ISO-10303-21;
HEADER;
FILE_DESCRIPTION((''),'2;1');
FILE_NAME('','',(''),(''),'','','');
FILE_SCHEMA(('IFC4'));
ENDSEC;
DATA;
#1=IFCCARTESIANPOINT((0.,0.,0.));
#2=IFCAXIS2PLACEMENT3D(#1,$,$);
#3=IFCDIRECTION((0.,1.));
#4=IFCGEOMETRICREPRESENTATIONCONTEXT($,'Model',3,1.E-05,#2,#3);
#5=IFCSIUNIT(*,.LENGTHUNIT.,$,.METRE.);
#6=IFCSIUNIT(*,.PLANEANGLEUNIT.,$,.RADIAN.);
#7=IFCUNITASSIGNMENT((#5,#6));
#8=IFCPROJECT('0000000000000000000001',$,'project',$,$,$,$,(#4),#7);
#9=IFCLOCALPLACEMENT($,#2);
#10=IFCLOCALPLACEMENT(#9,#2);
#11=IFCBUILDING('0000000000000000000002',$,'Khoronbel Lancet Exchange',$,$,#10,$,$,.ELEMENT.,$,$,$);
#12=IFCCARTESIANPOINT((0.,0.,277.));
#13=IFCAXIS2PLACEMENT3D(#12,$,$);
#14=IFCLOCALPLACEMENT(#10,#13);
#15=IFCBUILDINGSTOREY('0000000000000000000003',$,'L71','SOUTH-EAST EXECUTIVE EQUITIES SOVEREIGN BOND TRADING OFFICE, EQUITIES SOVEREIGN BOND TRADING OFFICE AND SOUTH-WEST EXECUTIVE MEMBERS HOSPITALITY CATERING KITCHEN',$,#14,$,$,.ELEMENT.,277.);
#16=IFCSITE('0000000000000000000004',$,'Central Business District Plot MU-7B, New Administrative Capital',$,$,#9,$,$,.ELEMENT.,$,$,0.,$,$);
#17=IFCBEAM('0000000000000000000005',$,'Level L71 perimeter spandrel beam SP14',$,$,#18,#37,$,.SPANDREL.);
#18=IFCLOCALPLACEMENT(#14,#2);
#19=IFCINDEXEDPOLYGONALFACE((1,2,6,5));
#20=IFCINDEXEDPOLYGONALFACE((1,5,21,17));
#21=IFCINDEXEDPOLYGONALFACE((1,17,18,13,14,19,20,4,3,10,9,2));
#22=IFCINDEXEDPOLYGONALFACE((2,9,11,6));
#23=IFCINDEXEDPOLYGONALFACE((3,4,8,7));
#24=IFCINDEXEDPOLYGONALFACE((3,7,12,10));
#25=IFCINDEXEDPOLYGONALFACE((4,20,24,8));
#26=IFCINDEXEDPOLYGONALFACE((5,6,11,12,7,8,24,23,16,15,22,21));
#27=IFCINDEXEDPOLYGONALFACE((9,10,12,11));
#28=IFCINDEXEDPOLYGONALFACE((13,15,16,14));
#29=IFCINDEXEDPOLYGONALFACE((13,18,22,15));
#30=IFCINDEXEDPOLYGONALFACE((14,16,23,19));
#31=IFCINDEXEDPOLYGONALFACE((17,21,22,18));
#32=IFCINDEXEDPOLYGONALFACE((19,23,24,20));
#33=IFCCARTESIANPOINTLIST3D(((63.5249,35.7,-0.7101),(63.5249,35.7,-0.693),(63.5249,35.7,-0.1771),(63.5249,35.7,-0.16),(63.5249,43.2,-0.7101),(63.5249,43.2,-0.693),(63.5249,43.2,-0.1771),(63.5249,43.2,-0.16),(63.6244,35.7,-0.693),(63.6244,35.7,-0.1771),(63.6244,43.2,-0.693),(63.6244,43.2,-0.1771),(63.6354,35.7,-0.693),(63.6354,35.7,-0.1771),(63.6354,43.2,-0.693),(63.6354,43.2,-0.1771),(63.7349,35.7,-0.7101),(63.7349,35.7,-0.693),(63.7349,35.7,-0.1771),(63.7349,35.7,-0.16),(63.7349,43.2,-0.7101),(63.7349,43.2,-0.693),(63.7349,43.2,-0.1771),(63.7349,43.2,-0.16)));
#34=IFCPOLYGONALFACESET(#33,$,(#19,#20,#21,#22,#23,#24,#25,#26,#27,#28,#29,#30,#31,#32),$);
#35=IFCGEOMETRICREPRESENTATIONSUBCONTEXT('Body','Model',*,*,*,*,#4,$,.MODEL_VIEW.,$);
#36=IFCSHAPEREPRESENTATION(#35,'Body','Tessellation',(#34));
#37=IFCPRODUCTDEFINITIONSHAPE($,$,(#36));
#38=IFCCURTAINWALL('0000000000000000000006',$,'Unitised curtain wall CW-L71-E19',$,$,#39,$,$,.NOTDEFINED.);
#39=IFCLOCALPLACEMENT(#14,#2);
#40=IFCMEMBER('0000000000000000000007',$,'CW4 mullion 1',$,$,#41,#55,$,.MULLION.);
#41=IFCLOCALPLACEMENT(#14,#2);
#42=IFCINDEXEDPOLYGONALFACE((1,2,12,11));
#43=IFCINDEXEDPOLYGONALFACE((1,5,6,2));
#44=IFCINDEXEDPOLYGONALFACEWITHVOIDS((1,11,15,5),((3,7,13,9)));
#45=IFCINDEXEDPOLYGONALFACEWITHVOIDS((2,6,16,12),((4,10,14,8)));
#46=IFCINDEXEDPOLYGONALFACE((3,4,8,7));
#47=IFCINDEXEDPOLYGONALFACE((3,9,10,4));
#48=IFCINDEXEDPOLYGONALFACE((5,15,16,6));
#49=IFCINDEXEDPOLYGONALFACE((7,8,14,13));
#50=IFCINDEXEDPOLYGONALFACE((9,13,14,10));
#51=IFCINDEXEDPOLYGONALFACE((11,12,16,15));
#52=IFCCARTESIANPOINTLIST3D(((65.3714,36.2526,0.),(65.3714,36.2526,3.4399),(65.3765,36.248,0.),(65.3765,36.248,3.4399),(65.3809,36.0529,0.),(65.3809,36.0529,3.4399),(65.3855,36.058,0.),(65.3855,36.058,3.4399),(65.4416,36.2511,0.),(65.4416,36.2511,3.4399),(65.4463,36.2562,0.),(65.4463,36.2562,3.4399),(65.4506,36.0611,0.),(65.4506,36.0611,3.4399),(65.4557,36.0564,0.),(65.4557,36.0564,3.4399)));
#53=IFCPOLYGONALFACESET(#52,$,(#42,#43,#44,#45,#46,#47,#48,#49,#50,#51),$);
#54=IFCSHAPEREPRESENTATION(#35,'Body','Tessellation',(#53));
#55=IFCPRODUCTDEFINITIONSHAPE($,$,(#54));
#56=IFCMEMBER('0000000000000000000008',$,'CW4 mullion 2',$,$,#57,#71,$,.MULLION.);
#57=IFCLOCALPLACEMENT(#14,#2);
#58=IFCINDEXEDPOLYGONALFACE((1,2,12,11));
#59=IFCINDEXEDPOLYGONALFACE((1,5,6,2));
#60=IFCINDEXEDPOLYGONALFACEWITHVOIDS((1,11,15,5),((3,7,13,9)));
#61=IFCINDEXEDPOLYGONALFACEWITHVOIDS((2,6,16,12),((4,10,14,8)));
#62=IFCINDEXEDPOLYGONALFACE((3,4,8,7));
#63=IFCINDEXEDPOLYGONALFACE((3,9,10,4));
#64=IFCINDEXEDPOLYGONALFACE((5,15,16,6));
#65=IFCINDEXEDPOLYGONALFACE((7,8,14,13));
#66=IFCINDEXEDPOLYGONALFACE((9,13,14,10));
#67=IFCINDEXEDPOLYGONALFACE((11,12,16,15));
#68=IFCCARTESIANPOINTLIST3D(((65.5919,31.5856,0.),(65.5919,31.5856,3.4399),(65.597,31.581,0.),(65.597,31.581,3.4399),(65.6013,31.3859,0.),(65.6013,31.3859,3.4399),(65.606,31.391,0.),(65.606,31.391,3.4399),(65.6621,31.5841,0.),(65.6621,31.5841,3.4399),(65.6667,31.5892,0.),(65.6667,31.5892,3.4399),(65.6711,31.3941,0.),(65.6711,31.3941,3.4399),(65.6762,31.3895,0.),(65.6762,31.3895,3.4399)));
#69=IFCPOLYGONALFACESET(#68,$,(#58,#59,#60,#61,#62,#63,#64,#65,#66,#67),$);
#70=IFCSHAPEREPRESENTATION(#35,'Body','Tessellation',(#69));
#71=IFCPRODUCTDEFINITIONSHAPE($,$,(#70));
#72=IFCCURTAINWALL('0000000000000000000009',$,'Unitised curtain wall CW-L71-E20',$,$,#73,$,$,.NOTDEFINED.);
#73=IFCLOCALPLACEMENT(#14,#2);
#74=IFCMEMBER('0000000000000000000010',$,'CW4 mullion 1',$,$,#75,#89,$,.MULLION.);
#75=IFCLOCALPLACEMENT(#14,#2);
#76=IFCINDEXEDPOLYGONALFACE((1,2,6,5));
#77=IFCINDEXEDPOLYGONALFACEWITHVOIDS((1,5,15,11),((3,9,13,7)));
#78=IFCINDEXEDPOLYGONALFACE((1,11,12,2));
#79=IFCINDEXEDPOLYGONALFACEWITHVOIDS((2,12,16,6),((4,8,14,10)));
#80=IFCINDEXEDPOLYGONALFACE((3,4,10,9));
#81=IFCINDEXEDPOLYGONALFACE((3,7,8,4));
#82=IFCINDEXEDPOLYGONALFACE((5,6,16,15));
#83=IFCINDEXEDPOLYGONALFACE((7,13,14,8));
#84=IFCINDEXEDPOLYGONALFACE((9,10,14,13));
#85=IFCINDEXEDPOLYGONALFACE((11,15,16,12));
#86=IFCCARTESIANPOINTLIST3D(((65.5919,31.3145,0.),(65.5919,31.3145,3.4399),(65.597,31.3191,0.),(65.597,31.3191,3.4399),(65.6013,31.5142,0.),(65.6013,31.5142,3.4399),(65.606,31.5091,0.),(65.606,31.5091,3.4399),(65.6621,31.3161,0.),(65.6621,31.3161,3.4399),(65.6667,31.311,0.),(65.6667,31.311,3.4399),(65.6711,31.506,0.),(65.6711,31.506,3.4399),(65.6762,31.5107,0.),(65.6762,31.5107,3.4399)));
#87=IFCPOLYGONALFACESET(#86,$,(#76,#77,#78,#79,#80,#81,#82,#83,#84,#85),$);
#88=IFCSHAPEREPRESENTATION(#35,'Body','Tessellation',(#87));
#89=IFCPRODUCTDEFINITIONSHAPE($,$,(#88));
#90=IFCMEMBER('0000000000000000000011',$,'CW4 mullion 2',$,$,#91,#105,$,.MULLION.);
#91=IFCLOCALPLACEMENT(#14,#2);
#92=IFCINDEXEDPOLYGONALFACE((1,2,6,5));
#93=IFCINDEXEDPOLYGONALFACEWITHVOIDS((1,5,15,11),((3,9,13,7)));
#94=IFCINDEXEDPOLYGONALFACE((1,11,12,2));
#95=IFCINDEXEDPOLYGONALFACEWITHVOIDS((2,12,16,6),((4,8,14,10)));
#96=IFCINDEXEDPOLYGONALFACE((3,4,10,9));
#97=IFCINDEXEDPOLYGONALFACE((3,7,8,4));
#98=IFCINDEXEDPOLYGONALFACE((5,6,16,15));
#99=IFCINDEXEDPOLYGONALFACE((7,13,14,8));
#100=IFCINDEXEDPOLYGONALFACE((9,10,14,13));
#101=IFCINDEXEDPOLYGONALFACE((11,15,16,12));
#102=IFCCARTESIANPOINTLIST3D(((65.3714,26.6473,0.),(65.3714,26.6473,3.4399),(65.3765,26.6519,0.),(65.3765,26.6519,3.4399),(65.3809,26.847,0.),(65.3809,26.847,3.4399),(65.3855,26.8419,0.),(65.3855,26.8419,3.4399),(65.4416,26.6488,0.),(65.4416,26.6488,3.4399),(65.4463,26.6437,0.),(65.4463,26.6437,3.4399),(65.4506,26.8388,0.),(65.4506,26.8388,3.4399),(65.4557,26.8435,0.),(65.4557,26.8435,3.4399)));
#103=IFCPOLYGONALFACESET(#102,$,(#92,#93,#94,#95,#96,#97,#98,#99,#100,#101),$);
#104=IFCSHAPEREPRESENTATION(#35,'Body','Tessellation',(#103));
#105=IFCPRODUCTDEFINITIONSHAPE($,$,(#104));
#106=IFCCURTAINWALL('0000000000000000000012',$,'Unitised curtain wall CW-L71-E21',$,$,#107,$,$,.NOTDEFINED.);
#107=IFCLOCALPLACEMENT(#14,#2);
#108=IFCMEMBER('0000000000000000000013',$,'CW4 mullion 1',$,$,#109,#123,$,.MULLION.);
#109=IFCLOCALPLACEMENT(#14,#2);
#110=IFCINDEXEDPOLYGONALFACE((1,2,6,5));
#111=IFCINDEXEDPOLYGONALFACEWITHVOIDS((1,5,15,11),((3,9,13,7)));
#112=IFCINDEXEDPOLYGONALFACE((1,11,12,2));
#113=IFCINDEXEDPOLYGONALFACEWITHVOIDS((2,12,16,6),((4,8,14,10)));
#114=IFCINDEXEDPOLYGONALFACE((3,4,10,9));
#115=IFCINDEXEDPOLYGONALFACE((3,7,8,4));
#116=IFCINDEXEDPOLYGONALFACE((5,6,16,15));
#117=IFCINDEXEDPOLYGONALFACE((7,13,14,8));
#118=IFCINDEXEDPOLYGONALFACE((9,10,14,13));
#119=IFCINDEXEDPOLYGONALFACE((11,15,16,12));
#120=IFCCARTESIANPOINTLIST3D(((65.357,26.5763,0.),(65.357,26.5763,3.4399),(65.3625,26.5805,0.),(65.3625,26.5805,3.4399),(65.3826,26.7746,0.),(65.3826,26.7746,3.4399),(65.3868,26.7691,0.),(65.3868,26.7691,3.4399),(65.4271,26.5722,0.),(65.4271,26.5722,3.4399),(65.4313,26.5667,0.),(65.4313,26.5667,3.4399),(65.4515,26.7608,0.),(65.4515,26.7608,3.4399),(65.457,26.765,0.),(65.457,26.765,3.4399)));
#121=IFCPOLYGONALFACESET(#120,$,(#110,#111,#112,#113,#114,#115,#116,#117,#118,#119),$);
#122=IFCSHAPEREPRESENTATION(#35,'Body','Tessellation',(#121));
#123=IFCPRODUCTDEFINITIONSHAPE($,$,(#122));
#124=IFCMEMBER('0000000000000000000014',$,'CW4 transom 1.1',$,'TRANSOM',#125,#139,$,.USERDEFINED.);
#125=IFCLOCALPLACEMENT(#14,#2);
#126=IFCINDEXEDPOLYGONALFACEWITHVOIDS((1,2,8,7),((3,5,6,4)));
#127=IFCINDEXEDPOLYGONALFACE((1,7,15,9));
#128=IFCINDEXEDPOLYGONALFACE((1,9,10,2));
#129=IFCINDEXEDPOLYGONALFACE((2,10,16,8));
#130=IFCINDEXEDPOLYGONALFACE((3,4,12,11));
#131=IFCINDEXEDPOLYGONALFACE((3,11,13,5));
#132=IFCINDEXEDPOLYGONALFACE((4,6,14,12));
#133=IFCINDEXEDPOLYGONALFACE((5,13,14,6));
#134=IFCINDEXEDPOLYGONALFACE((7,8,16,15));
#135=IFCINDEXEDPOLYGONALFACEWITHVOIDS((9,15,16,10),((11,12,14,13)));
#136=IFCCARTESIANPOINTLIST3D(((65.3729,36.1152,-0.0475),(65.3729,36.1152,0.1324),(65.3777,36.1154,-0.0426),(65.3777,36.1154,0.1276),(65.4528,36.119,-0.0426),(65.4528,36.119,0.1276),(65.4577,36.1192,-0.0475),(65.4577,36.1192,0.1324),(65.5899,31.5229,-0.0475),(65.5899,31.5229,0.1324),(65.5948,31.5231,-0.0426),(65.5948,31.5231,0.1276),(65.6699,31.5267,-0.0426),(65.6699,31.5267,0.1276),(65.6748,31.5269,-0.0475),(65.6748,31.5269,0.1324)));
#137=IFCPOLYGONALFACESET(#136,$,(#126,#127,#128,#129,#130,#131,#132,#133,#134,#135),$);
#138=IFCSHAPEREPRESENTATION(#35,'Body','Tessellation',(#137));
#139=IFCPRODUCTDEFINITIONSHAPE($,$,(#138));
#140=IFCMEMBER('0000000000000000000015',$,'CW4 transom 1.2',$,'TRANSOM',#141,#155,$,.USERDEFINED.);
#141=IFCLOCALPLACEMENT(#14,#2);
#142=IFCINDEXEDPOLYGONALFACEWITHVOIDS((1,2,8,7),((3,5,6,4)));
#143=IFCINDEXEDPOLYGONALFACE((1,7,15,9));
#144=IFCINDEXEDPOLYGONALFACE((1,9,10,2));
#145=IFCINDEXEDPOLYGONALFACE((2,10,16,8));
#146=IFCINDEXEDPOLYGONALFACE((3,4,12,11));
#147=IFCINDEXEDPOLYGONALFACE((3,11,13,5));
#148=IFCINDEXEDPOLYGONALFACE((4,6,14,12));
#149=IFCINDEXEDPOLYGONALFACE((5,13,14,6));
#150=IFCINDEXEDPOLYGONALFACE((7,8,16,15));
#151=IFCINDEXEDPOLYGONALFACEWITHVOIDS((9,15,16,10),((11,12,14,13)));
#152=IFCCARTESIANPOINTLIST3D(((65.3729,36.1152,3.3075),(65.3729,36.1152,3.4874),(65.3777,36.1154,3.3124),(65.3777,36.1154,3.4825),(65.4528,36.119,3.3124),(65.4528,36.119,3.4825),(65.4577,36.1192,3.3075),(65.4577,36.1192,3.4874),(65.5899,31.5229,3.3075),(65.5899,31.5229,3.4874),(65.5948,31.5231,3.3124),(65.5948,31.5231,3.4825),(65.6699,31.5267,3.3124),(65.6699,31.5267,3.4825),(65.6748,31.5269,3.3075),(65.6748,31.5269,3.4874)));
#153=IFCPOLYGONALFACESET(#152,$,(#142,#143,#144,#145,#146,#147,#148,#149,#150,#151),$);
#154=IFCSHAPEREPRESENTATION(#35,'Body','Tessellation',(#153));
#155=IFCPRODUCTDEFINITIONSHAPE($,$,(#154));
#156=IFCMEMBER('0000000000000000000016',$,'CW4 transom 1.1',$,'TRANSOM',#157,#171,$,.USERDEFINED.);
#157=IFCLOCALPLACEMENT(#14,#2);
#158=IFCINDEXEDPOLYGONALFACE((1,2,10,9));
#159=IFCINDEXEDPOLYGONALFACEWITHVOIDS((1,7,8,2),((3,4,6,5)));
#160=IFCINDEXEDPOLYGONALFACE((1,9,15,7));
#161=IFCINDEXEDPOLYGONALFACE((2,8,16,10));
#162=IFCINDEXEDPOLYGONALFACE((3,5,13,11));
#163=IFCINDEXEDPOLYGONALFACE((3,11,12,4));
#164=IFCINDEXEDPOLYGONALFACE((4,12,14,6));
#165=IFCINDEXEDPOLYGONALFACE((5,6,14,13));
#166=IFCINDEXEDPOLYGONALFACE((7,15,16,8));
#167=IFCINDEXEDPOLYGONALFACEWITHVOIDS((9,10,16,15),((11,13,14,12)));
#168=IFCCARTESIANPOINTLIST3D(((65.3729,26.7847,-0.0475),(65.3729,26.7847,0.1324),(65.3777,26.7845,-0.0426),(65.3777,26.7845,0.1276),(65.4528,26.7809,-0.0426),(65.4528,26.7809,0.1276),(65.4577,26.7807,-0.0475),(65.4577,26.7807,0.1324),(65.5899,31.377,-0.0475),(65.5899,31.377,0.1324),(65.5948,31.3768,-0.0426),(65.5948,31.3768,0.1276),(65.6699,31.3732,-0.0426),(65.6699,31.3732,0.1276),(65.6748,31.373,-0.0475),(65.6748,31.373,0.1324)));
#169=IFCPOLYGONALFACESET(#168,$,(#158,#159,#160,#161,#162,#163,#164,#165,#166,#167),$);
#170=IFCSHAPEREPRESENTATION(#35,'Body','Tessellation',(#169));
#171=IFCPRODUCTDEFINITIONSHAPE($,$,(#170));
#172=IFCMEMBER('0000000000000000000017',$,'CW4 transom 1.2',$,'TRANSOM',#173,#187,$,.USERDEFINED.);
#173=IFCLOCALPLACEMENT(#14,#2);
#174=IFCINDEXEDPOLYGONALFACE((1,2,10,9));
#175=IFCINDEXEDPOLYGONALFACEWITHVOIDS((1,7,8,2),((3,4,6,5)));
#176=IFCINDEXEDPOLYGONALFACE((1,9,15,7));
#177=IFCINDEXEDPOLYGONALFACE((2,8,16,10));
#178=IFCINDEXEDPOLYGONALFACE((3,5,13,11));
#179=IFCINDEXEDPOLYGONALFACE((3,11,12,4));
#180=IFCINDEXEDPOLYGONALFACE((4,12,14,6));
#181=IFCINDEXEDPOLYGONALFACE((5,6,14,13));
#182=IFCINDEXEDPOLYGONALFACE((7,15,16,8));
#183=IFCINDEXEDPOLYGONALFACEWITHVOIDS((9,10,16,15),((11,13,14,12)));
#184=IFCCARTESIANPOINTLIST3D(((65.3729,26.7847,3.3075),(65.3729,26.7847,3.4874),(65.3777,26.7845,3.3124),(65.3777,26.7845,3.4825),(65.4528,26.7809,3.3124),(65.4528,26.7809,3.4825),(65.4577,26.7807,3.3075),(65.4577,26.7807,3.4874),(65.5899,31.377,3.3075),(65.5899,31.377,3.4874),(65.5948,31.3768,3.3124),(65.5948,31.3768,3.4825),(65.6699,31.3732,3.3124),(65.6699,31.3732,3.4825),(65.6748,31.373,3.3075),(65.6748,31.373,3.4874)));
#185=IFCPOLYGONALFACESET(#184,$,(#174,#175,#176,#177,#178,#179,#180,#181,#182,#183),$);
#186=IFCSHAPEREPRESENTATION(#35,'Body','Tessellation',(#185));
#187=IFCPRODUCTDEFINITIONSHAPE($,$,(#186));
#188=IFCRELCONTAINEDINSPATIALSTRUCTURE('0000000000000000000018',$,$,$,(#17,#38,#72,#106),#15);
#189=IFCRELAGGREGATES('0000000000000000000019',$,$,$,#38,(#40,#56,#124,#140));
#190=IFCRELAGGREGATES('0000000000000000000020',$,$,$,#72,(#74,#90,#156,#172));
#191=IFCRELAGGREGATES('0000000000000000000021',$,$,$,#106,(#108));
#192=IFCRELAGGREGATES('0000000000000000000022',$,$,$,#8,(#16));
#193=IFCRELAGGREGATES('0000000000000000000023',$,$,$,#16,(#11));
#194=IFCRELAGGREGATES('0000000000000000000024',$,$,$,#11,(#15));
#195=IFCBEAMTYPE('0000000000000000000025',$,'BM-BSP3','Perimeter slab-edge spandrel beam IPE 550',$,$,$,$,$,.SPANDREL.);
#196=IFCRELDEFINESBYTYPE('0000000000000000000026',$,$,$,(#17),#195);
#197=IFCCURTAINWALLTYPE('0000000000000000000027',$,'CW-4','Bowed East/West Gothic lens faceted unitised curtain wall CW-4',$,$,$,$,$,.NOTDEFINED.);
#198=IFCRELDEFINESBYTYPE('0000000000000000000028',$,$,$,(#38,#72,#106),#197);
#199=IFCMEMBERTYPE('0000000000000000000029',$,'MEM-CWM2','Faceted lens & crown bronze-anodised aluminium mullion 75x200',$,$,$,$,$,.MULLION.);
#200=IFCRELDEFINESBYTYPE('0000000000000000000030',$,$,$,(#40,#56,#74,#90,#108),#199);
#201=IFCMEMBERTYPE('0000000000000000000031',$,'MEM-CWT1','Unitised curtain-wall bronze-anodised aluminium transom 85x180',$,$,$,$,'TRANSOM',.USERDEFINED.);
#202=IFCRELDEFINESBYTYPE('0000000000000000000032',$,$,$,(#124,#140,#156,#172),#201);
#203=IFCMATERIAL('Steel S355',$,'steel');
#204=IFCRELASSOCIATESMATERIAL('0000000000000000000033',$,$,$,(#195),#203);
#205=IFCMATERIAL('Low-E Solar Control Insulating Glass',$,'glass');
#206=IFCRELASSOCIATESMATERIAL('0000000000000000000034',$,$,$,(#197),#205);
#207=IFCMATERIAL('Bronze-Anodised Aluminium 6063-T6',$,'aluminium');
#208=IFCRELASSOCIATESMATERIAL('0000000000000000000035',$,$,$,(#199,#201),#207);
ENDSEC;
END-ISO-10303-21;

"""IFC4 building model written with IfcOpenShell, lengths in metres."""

from ifc_helpers import new_model, si_unit, direction, frame, origin, origin_2d, place, context, subcontext, project, spatial, hollow_rectangle, i_section, extrude, material, material_profile, profile_set, type_object, element, aggregate, save


model = new_model("IFC4")

# Units and contexts
model_context = context("Model", 3, precision=1e-05, world=origin(), true_north=direction((0.0, 1.0)))
body_context = subcontext(model_context, "Body", "Model", "MODEL_VIEW")
ifc_project = project(units=[si_unit("LENGTHUNIT", "METRE"), si_unit("PLANEANGLEUNIT", "RADIAN")], contexts=[model_context])

# Site, building, storey
site_placement = place(None, origin())
site = spatial("IfcSite", under=ifc_project, at=site_placement, Name="Central Business District Plot MU-7B, New Administrative Capital", CompositionType="ELEMENT", RefElevation=0.0)
building_placement = place(site_placement, origin())
building = spatial("IfcBuilding", under=site, at=building_placement, Name="Khoronbel Lancet Exchange", CompositionType="ELEMENT")
storey_placement = place(building_placement, frame((0.0, 0.0, 277.0)))
storey = spatial("IfcBuildingStorey", under=building, at=storey_placement, Name="L71", Description="SOUTH-EAST EXECUTIVE EQUITIES SOVEREIGN BOND TRADING OFFICE, EQUITIES SOVEREIGN BOND TRADING OFFICE AND SOUTH-WEST EXECUTIVE MEMBERS HOSPITALITY CATERING KITCHEN", CompositionType="ELEMENT", Elevation=277.0)

# Shared definitions
ifc_material_1 = material(Name="Steel S355", Category="steel")

# Beam
ifc_material_profile_1 = material_profile(ifc_material_1, i_section(OverallWidth=0.21, OverallDepth=0.55, WebThickness=0.011, FlangeThickness=0.0171, at=origin_2d()), Name="IPE 550")
ifc_profile_set_1 = profile_set([ifc_material_profile_1], Name="Steel S355")
beam_type_1 = type_object("IfcBeamType", Name="BM-BSP3", Description="Perimeter slab-edge spandrel beam IPE 550", PredefinedType="SPANDREL", material=ifc_profile_set_1)
beam_1_placement = place(storey_placement, frame((63.6299, 35.7, -0.4351), z_axis=(0.0, 1.0, 0.0), x_axis=(-1.0, 0.0, 0.0)))
element("IfcBeam", 1, at=beam_1_placement, inside=storey, type_object=beam_type_1, Name="Level L71 perimeter spandrel beam SP14", PredefinedType="SPANDREL", context=body_context, shape_type="SweptSolid", body=[
    extrude(i_section(OverallWidth=0.21, OverallDepth=0.55, WebThickness=0.011, FlangeThickness=0.0171, at=origin_2d()), origin(), (0.0, 0.0, 1.0), 7.5),
])

# Curtain walls, members
ifc_material_2 = material(Name="Low-E Solar Control Insulating Glass", Category="glass")
curtain_wall_type = type_object("IfcCurtainWallType", Name="CW-4", Description="Bowed East/West Gothic lens faceted unitised curtain wall CW-4", PredefinedType="NOTDEFINED", material=ifc_material_2)
curtain_wall_1_placement = place(storey_placement, origin())
curtain_wall_1 = element("IfcCurtainWall", 2, at=curtain_wall_1_placement, inside=storey, type_object=curtain_wall_type, Name="Unitised curtain wall CW-L71-E19", PredefinedType="NOTDEFINED")
ifc_material_3 = material(Name="Bronze-Anodised Aluminium 6063-T6", Category="aluminium")
ifc_material_profile_2 = material_profile(ifc_material_3, hollow_rectangle(XDim=0.075, YDim=0.2, WallThickness=0.0049, at=origin_2d()), Name="ALU MULLION 75x200")
ifc_profile_set_2 = profile_set([ifc_material_profile_2], Name="Bronze-Anodised Aluminium 6063-T6")
member_type_1 = type_object("IfcMemberType", Name="MEM-CWM2", Description="Faceted lens & crown bronze-anodised aluminium mullion 75x200", PredefinedType="MULLION", material=ifc_profile_set_2)
member_1_placement = place(storey_placement, frame((65.4136, 36.1545, 0.0), z_axis=(0.0, 0.0, 1.0), x_axis=(0.998885, 0.047205, 0.0)))
member_1 = element("IfcMember", 3, at=member_1_placement, type_object=member_type_1, Name="CW4 mullion 1", PredefinedType="MULLION", context=body_context, shape_type="SweptSolid", body=[
    extrude(hollow_rectangle(XDim=0.075, YDim=0.2, WallThickness=0.0049, at=origin_2d()), origin(), (0.0, 0.0, 1.0), 3.4399),
])
member_2_placement = place(storey_placement, frame((65.634, 31.4875, 0.0), z_axis=(0.0, 0.0, 1.0), x_axis=(0.998885, 0.047205, 0.0)))
member_2 = element("IfcMember", 4, at=member_2_placement, type_object=member_type_1, Name="CW4 mullion 2", PredefinedType="MULLION", context=body_context, shape_type="SweptSolid", body=[
    extrude(hollow_rectangle(XDim=0.075, YDim=0.2, WallThickness=0.0049, at=origin_2d()), origin(), (0.0, 0.0, 1.0), 3.4399),
])
curtain_wall_2_placement = place(storey_placement, origin())
curtain_wall_2 = element("IfcCurtainWall", 5, at=curtain_wall_2_placement, inside=storey, type_object=curtain_wall_type, Name="Unitised curtain wall CW-L71-E20", PredefinedType="NOTDEFINED")
member_3_placement = place(storey_placement, frame((65.634, 31.4126, 0.0), z_axis=(0.0, 0.0, 1.0), x_axis=(0.998885, -0.047205, 0.0)))
member_3 = element("IfcMember", 6, at=member_3_placement, type_object=member_type_1, Name="CW4 mullion 1", PredefinedType="MULLION", context=body_context, shape_type="SweptSolid", body=[
    extrude(hollow_rectangle(XDim=0.075, YDim=0.2, WallThickness=0.0049, at=origin_2d()), origin(), (0.0, 0.0, 1.0), 3.4399),
])
member_4_placement = place(storey_placement, frame((65.4136, 26.7454, 0.0), z_axis=(0.0, 0.0, 1.0), x_axis=(0.998885, -0.047205, 0.0)))
member_4 = element("IfcMember", 7, at=member_4_placement, type_object=member_type_1, Name="CW4 mullion 2", PredefinedType="MULLION", context=body_context, shape_type="SweptSolid", body=[
    extrude(hollow_rectangle(XDim=0.075, YDim=0.2, WallThickness=0.0049, at=origin_2d()), origin(), (0.0, 0.0, 1.0), 3.4399),
])

# Curtain wall, member
curtain_wall_3_placement = place(storey_placement, origin())
curtain_wall_3 = element("IfcCurtainWall", 8, at=curtain_wall_3_placement, inside=storey, type_object=curtain_wall_type, Name="Unitised curtain wall CW-L71-E21", PredefinedType="NOTDEFINED")
member_5_placement = place(storey_placement, frame((65.407, 26.6707, 0.0), z_axis=(0.0, 0.0, 1.0), x_axis=(0.991761, -0.128101, 0.0)))
member_5 = element("IfcMember", 9, at=member_5_placement, type_object=member_type_1, Name="CW4 mullion 1", PredefinedType="MULLION", context=body_context, shape_type="SweptSolid", body=[
    extrude(hollow_rectangle(XDim=0.075, YDim=0.2, WallThickness=0.0049, at=origin_2d()), origin(), (0.0, 0.0, 1.0), 3.4399),
])

# Members
ifc_material_profile_3 = material_profile(ifc_material_3, hollow_rectangle(XDim=0.085, YDim=0.1799, WallThickness=0.0049, at=origin_2d()), Name="ALU TRANSOM 85x180")
ifc_profile_set_3 = profile_set([ifc_material_profile_3], Name="Bronze-Anodised Aluminium 6063-T6")
member_type_2 = type_object("IfcMemberType", Name="MEM-CWT1", Description="Unitised curtain-wall bronze-anodised aluminium transom 85x180", ElementType="TRANSOM", PredefinedType="USERDEFINED", material=ifc_profile_set_3)
member_6_placement = place(storey_placement, frame((65.4153, 36.1172, 0.0425), z_axis=(0.047209, -0.998885, 0.0), x_axis=(0.998885, 0.047209, 0.0)))
member_6 = element("IfcMember", 10, at=member_6_placement, type_object=member_type_2, Name="CW4 transom 1.1", ObjectType="TRANSOM", PredefinedType="USERDEFINED", context=body_context, shape_type="SweptSolid", body=[
    extrude(hollow_rectangle(XDim=0.085, YDim=0.1799, WallThickness=0.0049, at=origin_2d()), origin(), (0.0, 0.0, 1.0), 4.5974),
])
member_7_placement = place(storey_placement, frame((65.4153, 36.1172, 3.3975), z_axis=(0.047209, -0.998885, 0.0), x_axis=(0.998885, 0.047209, 0.0)))
member_7 = element("IfcMember", 11, at=member_7_placement, type_object=member_type_2, Name="CW4 transom 1.2", ObjectType="TRANSOM", PredefinedType="USERDEFINED", context=body_context, shape_type="SweptSolid", body=[
    extrude(hollow_rectangle(XDim=0.085, YDim=0.1799, WallThickness=0.0049, at=origin_2d()), origin(), (0.0, 0.0, 1.0), 4.5974),
])
member_8_placement = place(storey_placement, frame((65.6323, 31.375, 0.0425), z_axis=(-0.047209, -0.998885, 0.0), x_axis=(0.998885, -0.047209, 0.0)))
member_8 = element("IfcMember", 12, at=member_8_placement, type_object=member_type_2, Name="CW4 transom 1.1", ObjectType="TRANSOM", PredefinedType="USERDEFINED", context=body_context, shape_type="SweptSolid", body=[
    extrude(hollow_rectangle(XDim=0.085, YDim=0.1799, WallThickness=0.0049, at=origin_2d()), origin(), (0.0, 0.0, 1.0), 4.5974),
])
member_9_placement = place(storey_placement, frame((65.6323, 31.375, 3.3975), z_axis=(-0.047209, -0.998885, 0.0), x_axis=(0.998885, -0.047209, 0.0)))
member_9 = element("IfcMember", 13, at=member_9_placement, type_object=member_type_2, Name="CW4 transom 1.2", ObjectType="TRANSOM", PredefinedType="USERDEFINED", context=body_context, shape_type="SweptSolid", body=[
    extrude(hollow_rectangle(XDim=0.085, YDim=0.1799, WallThickness=0.0049, at=origin_2d()), origin(), (0.0, 0.0, 1.0), 4.5974),
])

aggregate(curtain_wall_1, [member_1, member_2, member_6, member_7])
aggregate(curtain_wall_2, [member_3, member_4, member_8, member_9])
aggregate(curtain_wall_3, [member_5])

save(model, "model.ifc")
